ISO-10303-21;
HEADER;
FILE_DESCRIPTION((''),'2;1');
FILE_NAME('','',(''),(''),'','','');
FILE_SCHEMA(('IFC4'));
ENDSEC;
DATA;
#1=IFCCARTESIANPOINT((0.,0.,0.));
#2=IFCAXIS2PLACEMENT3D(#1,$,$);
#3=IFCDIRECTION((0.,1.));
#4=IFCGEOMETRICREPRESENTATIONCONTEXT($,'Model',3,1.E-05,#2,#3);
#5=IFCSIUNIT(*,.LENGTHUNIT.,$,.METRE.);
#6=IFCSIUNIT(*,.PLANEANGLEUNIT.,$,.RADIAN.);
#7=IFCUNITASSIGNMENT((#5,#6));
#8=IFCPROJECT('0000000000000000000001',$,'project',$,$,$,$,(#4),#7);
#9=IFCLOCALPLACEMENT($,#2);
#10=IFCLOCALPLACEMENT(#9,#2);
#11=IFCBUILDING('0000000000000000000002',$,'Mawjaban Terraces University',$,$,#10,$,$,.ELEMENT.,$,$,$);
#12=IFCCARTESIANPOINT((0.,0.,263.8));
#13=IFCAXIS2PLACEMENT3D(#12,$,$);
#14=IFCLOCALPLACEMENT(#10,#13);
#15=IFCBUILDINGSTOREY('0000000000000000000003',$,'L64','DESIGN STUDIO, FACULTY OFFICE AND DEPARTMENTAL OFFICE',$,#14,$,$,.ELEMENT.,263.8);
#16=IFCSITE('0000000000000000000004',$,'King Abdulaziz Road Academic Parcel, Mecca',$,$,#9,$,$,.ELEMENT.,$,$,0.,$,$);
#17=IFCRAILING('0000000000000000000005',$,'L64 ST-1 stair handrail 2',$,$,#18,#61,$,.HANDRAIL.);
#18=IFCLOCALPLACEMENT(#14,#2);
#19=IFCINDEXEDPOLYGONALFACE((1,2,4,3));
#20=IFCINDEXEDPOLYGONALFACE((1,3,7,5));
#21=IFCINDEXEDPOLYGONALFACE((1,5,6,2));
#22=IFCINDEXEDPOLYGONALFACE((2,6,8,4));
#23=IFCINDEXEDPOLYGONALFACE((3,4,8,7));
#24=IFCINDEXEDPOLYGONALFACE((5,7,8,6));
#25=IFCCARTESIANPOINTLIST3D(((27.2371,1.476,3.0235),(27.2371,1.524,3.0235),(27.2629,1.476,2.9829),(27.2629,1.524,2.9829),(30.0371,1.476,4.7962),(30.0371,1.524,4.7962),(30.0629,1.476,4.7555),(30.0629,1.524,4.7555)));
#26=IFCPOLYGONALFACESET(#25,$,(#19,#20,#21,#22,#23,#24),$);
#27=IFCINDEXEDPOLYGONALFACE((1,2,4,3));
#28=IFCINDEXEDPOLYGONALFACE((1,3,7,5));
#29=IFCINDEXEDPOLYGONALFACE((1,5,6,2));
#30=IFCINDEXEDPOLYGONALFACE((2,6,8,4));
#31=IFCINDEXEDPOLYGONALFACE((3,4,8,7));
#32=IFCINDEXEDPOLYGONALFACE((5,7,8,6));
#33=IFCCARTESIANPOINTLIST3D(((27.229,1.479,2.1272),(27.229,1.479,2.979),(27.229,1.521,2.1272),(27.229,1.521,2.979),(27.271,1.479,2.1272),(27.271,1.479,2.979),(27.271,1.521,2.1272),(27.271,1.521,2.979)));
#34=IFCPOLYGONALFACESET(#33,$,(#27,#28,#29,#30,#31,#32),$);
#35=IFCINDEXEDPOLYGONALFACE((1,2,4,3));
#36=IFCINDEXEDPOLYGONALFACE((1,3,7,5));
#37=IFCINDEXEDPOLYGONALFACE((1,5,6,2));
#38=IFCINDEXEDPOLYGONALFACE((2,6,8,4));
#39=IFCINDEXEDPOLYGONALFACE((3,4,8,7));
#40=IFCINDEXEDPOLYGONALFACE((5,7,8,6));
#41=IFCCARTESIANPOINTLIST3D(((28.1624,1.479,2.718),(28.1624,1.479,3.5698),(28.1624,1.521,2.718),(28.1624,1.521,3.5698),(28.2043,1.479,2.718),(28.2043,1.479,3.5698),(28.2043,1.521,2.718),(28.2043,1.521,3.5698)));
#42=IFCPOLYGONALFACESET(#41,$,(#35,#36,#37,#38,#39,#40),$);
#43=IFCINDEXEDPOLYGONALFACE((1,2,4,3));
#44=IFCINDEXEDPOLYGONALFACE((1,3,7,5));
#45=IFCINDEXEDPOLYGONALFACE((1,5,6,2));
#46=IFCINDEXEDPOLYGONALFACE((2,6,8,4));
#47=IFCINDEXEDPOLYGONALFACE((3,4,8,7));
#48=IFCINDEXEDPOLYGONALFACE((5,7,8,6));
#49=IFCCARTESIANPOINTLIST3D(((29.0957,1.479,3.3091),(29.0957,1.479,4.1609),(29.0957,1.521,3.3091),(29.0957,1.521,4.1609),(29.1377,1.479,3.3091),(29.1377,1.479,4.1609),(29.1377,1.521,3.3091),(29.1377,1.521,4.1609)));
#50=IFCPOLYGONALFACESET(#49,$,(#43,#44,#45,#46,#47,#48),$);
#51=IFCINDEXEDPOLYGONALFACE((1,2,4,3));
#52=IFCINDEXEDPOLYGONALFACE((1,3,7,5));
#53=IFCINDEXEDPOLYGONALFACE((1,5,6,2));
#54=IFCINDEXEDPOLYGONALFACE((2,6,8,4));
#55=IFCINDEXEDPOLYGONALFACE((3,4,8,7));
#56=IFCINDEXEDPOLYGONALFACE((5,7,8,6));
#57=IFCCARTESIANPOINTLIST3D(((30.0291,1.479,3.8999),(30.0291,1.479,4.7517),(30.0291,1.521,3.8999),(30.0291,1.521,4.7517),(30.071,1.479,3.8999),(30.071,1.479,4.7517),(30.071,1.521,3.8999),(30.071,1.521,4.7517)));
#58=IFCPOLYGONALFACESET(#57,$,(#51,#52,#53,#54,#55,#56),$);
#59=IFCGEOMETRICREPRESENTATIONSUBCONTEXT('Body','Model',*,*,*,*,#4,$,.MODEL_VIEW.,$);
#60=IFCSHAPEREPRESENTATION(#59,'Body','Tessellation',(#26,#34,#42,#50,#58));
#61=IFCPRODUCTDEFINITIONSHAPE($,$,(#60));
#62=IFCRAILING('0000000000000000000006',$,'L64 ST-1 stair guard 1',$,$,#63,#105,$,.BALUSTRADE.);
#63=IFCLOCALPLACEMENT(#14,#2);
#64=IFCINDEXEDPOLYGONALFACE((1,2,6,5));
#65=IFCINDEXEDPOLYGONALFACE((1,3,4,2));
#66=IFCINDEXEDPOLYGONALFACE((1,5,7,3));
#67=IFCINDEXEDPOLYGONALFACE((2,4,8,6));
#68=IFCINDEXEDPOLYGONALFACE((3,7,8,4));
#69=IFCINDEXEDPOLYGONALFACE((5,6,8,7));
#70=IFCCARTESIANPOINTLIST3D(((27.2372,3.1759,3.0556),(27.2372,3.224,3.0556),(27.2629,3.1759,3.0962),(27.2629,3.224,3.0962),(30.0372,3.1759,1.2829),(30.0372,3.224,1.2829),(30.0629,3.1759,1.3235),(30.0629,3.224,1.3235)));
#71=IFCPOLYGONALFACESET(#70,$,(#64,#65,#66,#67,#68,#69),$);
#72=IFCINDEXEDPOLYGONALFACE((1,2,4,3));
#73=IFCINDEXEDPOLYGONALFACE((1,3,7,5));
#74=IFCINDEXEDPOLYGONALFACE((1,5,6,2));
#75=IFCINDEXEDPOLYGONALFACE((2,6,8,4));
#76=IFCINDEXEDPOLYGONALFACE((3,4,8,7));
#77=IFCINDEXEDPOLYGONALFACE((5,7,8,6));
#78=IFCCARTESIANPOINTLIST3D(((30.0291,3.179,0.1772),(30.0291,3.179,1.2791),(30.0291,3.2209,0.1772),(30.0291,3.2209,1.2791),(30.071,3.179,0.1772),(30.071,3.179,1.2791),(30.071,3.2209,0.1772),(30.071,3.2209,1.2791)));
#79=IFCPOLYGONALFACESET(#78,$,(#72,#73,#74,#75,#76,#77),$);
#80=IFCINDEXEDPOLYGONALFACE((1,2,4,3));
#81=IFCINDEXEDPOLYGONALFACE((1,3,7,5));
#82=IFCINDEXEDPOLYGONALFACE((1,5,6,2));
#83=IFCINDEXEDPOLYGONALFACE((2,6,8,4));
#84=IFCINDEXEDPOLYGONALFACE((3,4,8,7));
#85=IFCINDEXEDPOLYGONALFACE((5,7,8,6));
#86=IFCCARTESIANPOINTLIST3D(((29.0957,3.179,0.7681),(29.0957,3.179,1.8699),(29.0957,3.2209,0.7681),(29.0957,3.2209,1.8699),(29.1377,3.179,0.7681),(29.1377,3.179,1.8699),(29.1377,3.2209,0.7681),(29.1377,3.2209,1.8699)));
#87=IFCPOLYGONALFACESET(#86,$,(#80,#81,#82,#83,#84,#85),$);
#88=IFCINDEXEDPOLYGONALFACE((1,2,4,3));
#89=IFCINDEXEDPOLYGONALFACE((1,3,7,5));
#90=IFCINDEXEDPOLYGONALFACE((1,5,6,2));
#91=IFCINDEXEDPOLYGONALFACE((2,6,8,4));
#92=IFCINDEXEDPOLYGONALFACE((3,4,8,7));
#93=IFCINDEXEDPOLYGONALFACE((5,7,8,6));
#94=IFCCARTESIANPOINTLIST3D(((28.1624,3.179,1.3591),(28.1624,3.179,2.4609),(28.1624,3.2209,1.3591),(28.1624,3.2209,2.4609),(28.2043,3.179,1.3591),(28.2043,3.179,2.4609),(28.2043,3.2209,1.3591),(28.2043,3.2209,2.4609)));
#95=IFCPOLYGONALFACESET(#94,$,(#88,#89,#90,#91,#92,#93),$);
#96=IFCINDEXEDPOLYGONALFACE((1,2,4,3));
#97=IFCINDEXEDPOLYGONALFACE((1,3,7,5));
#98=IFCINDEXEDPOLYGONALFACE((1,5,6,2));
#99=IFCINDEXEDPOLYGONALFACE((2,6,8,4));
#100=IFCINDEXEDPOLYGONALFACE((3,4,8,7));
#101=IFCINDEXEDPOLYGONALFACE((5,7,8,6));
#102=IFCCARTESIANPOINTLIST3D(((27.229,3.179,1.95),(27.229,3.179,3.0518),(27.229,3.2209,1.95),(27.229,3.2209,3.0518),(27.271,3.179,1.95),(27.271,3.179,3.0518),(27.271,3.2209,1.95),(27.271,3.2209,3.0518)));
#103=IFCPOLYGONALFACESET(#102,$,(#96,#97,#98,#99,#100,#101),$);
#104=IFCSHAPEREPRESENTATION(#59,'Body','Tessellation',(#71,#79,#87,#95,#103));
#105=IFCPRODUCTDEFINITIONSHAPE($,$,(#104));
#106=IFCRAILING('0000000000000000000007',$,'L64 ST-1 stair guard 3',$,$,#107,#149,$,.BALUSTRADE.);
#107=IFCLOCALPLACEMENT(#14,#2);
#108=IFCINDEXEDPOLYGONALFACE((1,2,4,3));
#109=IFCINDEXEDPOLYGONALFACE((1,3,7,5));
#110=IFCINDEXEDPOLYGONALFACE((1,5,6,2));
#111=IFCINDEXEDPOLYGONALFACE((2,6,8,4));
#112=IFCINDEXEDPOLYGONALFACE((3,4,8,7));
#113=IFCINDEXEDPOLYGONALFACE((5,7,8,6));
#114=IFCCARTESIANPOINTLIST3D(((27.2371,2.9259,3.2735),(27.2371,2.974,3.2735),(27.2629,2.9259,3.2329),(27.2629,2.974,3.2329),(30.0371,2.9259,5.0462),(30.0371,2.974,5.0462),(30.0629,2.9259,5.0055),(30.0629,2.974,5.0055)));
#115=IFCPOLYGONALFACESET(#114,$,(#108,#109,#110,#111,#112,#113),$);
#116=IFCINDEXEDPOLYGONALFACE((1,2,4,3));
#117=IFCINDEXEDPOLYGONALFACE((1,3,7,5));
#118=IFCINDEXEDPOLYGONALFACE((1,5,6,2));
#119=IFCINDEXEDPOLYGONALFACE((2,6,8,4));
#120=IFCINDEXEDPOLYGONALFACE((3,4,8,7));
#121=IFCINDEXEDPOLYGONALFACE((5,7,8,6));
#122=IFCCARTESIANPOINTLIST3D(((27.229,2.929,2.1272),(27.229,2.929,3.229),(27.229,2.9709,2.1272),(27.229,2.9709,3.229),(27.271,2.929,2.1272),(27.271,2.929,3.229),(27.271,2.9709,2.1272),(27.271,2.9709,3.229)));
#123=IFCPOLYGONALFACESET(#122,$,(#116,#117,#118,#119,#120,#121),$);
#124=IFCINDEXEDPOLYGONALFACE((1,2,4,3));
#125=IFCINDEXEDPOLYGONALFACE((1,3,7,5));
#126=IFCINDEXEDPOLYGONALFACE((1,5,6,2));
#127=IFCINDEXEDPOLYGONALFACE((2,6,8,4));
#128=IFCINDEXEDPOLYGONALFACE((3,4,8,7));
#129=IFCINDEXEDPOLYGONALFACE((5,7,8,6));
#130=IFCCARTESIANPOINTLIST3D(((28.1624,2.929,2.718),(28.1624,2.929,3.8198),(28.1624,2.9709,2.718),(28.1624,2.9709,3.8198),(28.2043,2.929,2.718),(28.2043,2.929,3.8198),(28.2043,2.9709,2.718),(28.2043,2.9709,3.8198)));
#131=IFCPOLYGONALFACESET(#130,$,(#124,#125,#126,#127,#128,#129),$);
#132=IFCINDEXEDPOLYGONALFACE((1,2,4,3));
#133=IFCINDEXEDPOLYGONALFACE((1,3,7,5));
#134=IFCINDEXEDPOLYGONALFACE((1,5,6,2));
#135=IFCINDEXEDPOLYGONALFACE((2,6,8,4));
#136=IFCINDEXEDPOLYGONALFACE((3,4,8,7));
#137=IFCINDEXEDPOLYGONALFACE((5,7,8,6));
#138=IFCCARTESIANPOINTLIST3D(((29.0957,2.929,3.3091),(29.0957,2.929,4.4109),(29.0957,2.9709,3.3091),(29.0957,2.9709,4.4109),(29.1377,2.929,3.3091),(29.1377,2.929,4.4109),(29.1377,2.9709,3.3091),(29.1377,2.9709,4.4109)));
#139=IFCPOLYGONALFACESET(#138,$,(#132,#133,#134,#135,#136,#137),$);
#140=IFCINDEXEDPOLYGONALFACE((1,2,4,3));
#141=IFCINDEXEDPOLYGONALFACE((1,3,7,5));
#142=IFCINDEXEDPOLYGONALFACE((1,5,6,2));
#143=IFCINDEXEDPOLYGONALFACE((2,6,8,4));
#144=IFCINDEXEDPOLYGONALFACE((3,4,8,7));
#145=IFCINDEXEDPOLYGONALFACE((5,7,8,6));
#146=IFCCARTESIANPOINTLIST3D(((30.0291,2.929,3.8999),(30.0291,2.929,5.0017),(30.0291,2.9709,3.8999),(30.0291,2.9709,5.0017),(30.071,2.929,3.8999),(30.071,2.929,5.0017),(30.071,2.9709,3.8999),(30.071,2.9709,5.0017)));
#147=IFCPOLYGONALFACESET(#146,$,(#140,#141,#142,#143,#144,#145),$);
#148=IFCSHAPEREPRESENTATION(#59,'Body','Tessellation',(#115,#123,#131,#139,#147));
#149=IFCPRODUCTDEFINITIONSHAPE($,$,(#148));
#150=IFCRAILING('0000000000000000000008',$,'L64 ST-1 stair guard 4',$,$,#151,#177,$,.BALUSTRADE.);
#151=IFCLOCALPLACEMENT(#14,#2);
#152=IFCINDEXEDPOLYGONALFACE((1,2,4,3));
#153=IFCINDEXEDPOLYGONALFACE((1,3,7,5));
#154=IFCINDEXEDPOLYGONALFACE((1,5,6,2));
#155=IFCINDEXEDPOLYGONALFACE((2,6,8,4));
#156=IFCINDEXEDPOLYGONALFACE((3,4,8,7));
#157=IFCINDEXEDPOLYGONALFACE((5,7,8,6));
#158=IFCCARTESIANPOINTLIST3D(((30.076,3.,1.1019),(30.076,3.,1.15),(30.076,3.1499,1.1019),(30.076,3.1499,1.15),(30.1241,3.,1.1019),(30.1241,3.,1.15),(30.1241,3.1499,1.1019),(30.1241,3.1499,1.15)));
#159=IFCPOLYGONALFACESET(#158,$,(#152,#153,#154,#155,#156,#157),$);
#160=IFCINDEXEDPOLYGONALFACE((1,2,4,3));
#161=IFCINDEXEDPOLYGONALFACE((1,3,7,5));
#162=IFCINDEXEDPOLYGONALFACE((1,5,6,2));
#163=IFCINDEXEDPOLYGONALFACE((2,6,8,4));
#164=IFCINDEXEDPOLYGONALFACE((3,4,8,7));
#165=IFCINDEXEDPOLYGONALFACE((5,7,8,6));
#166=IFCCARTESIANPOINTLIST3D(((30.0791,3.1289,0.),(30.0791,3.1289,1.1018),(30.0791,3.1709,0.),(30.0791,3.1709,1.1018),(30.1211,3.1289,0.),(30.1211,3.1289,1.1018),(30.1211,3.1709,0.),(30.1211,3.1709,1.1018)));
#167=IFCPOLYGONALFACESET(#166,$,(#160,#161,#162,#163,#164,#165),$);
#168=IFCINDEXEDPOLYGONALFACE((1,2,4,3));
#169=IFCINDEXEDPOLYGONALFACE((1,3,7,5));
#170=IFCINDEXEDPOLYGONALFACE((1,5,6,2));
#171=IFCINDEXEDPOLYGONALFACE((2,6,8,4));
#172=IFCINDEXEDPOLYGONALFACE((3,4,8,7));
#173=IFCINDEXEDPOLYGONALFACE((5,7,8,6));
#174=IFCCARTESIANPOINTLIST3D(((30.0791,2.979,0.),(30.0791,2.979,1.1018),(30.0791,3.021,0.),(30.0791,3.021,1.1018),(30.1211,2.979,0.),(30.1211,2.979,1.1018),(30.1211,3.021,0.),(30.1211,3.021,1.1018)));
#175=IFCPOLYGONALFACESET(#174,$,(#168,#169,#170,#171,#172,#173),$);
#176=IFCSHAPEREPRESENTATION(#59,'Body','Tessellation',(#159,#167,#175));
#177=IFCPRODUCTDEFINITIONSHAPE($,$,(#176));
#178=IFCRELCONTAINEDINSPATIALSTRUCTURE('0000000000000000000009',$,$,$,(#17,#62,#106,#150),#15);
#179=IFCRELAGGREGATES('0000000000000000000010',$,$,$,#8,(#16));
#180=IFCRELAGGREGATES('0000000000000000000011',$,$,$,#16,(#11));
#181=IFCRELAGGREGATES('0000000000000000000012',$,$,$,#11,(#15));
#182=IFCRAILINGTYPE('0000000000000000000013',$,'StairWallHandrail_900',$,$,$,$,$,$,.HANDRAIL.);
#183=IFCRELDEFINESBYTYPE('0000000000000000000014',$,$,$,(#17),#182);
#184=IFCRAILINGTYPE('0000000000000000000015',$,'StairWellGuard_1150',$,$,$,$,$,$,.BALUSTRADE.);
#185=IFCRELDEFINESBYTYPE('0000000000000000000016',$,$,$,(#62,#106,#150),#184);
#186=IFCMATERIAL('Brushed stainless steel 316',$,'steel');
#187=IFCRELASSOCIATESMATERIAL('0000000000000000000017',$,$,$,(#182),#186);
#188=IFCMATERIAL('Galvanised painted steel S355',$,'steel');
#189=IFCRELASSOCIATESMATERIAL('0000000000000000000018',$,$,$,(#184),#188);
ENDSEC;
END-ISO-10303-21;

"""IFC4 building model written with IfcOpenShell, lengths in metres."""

from ifc_helpers import new_model, si_unit, direction, frame, origin, origin_2d, place, context, subcontext, project, spatial, rectangle, extrude, material, type_object, element, save


model = new_model("IFC4")

# Units and contexts
model_context = context("Model", 3, precision=1e-05, world=origin(), true_north=direction((0.0, 1.0)))
body_context = subcontext(model_context, "Body", "Model", "MODEL_VIEW")
ifc_project = project(units=[si_unit("LENGTHUNIT", "METRE"), si_unit("PLANEANGLEUNIT", "RADIAN")], contexts=[model_context])

# Site, building, storey
site_placement = place(None, origin())
site = spatial("IfcSite", under=ifc_project, at=site_placement, Name="King Abdulaziz Road Academic Parcel, Mecca", CompositionType="ELEMENT", RefElevation=0.0)
building_placement = place(site_placement, origin())
building = spatial("IfcBuilding", under=site, at=building_placement, Name="Mawjaban Terraces University", CompositionType="ELEMENT")
storey_placement = place(building_placement, frame((0.0, 0.0, 263.8)))
storey = spatial("IfcBuildingStorey", under=building, at=storey_placement, Name="L64", Description="DESIGN STUDIO, FACULTY OFFICE AND DEPARTMENTAL OFFICE", CompositionType="ELEMENT", Elevation=263.8)

# Railings
ifc_material_1 = material(Name="Brushed stainless steel 316", Category="steel")
railing_type_1 = type_object("IfcRailingType", Name="StairWallHandrail_900", PredefinedType="HANDRAIL", material=ifc_material_1)
railing_1_placement = place(storey_placement, frame((27.25, 1.5, 2.1272)))
element("IfcRailing", 1, at=railing_1_placement, inside=storey, type_object=railing_type_1, Name="L64 ST-1 stair handrail 2", PredefinedType="HANDRAIL", context=body_context, shape_type="SweptSolid", body=[
    extrude(rectangle(XDim=0.0481, YDim=0.0481, at=origin_2d()), frame((0.0, 0.0, 0.876), z_axis=(0.844909, 0.0, 0.53491), x_axis=(0.0, 1.0, 0.0)), (0.0, 0.0, 1.0), 3.314),
    extrude(rectangle(XDim=0.042, YDim=0.042, at=origin_2d()), origin(), (0.0, 0.0, 1.0), 0.8518),
    extrude(rectangle(XDim=0.042, YDim=0.042, at=origin_2d()), frame((0.9333, 0.0, 0.5908)), (0.0, 0.0, 1.0), 0.8518),
    extrude(rectangle(XDim=0.042, YDim=0.042, at=origin_2d()), frame((1.8667, 0.0, 1.1819)), (0.0, 0.0, 1.0), 0.8518),
    extrude(rectangle(XDim=0.042, YDim=0.042, at=origin_2d()), frame((2.8, 0.0, 1.7727)), (0.0, 0.0, 1.0), 0.8518),
])
ifc_material_2 = material(Name="Galvanised painted steel S355", Category="steel")
railing_type_2 = type_object("IfcRailingType", Name="StairWellGuard_1150", PredefinedType="BALUSTRADE", material=ifc_material_2)
railing_2_placement = place(storey_placement, frame((30.05, 3.2, 0.1772)))
element("IfcRailing", 2, at=railing_2_placement, inside=storey, type_object=railing_type_2, Name="L64 ST-1 stair guard 1", PredefinedType="BALUSTRADE", context=body_context, shape_type="SweptSolid", body=[
    extrude(rectangle(XDim=0.0481, YDim=0.0481, at=origin_2d()), frame((0.0, 0.0, 1.126), z_axis=(-0.844909, 0.0, 0.53491), x_axis=(0.0, -1.0, 0.0)), (0.0, 0.0, 1.0), 3.314),
    extrude(rectangle(XDim=0.042, YDim=0.042, at=origin_2d()), origin(), (0.0, 0.0, 1.0), 1.1018),
    extrude(rectangle(XDim=0.042, YDim=0.042, at=origin_2d()), frame((-0.9333, 0.0, 0.5908)), (0.0, 0.0, 1.0), 1.1018),
    extrude(rectangle(XDim=0.042, YDim=0.042, at=origin_2d()), frame((-1.8667, 0.0, 1.1819)), (0.0, 0.0, 1.0), 1.1018),
    extrude(rectangle(XDim=0.042, YDim=0.042, at=origin_2d()), frame((-2.8, 0.0, 1.7727)), (0.0, 0.0, 1.0), 1.1018),
])
railing_3_placement = place(storey_placement, frame((27.25, 2.95, 2.1272)))
element("IfcRailing", 3, at=railing_3_placement, inside=storey, type_object=railing_type_2, Name="L64 ST-1 stair guard 3", PredefinedType="BALUSTRADE", context=body_context, shape_type="SweptSolid", body=[
    extrude(rectangle(XDim=0.0481, YDim=0.0481, at=origin_2d()), frame((0.0, 0.0, 1.126), z_axis=(0.844909, 0.0, 0.53491), x_axis=(0.0, 1.0, 0.0)), (0.0, 0.0, 1.0), 3.314),
    extrude(rectangle(XDim=0.042, YDim=0.042, at=origin_2d()), origin(), (0.0, 0.0, 1.0), 1.1018),
    extrude(rectangle(XDim=0.042, YDim=0.042, at=origin_2d()), frame((0.9333, 0.0, 0.5908)), (0.0, 0.0, 1.0), 1.1018),
    extrude(rectangle(XDim=0.042, YDim=0.042, at=origin_2d()), frame((1.8667, 0.0, 1.1819)), (0.0, 0.0, 1.0), 1.1018),
    extrude(rectangle(XDim=0.042, YDim=0.042, at=origin_2d()), frame((2.8, 0.0, 1.7727)), (0.0, 0.0, 1.0), 1.1018),
])
railing_4_placement = place(storey_placement, frame((30.1001, 3.1499, 0.0)))
element("IfcRailing", 4, at=railing_4_placement, inside=storey, type_object=railing_type_2, Name="L64 ST-1 stair guard 4", PredefinedType="BALUSTRADE", context=body_context, shape_type="SweptSolid", body=[
    extrude(rectangle(XDim=0.0481, YDim=0.0481, at=origin_2d()), frame((0.0, 0.0, 1.126), z_axis=(0.0, -1.0, 0.0), x_axis=(1.0, 0.0, 0.0)), (0.0, 0.0, 1.0), 0.1499),
    extrude(rectangle(XDim=0.042, YDim=0.042, at=origin_2d()), origin(), (0.0, 0.0, 1.0), 1.1018),
    extrude(rectangle(XDim=0.042, YDim=0.042, at=origin_2d()), frame((0.0, -0.1499, 0.0)), (0.0, 0.0, 1.0), 1.1018),
])

save(model, "model.ifc")
